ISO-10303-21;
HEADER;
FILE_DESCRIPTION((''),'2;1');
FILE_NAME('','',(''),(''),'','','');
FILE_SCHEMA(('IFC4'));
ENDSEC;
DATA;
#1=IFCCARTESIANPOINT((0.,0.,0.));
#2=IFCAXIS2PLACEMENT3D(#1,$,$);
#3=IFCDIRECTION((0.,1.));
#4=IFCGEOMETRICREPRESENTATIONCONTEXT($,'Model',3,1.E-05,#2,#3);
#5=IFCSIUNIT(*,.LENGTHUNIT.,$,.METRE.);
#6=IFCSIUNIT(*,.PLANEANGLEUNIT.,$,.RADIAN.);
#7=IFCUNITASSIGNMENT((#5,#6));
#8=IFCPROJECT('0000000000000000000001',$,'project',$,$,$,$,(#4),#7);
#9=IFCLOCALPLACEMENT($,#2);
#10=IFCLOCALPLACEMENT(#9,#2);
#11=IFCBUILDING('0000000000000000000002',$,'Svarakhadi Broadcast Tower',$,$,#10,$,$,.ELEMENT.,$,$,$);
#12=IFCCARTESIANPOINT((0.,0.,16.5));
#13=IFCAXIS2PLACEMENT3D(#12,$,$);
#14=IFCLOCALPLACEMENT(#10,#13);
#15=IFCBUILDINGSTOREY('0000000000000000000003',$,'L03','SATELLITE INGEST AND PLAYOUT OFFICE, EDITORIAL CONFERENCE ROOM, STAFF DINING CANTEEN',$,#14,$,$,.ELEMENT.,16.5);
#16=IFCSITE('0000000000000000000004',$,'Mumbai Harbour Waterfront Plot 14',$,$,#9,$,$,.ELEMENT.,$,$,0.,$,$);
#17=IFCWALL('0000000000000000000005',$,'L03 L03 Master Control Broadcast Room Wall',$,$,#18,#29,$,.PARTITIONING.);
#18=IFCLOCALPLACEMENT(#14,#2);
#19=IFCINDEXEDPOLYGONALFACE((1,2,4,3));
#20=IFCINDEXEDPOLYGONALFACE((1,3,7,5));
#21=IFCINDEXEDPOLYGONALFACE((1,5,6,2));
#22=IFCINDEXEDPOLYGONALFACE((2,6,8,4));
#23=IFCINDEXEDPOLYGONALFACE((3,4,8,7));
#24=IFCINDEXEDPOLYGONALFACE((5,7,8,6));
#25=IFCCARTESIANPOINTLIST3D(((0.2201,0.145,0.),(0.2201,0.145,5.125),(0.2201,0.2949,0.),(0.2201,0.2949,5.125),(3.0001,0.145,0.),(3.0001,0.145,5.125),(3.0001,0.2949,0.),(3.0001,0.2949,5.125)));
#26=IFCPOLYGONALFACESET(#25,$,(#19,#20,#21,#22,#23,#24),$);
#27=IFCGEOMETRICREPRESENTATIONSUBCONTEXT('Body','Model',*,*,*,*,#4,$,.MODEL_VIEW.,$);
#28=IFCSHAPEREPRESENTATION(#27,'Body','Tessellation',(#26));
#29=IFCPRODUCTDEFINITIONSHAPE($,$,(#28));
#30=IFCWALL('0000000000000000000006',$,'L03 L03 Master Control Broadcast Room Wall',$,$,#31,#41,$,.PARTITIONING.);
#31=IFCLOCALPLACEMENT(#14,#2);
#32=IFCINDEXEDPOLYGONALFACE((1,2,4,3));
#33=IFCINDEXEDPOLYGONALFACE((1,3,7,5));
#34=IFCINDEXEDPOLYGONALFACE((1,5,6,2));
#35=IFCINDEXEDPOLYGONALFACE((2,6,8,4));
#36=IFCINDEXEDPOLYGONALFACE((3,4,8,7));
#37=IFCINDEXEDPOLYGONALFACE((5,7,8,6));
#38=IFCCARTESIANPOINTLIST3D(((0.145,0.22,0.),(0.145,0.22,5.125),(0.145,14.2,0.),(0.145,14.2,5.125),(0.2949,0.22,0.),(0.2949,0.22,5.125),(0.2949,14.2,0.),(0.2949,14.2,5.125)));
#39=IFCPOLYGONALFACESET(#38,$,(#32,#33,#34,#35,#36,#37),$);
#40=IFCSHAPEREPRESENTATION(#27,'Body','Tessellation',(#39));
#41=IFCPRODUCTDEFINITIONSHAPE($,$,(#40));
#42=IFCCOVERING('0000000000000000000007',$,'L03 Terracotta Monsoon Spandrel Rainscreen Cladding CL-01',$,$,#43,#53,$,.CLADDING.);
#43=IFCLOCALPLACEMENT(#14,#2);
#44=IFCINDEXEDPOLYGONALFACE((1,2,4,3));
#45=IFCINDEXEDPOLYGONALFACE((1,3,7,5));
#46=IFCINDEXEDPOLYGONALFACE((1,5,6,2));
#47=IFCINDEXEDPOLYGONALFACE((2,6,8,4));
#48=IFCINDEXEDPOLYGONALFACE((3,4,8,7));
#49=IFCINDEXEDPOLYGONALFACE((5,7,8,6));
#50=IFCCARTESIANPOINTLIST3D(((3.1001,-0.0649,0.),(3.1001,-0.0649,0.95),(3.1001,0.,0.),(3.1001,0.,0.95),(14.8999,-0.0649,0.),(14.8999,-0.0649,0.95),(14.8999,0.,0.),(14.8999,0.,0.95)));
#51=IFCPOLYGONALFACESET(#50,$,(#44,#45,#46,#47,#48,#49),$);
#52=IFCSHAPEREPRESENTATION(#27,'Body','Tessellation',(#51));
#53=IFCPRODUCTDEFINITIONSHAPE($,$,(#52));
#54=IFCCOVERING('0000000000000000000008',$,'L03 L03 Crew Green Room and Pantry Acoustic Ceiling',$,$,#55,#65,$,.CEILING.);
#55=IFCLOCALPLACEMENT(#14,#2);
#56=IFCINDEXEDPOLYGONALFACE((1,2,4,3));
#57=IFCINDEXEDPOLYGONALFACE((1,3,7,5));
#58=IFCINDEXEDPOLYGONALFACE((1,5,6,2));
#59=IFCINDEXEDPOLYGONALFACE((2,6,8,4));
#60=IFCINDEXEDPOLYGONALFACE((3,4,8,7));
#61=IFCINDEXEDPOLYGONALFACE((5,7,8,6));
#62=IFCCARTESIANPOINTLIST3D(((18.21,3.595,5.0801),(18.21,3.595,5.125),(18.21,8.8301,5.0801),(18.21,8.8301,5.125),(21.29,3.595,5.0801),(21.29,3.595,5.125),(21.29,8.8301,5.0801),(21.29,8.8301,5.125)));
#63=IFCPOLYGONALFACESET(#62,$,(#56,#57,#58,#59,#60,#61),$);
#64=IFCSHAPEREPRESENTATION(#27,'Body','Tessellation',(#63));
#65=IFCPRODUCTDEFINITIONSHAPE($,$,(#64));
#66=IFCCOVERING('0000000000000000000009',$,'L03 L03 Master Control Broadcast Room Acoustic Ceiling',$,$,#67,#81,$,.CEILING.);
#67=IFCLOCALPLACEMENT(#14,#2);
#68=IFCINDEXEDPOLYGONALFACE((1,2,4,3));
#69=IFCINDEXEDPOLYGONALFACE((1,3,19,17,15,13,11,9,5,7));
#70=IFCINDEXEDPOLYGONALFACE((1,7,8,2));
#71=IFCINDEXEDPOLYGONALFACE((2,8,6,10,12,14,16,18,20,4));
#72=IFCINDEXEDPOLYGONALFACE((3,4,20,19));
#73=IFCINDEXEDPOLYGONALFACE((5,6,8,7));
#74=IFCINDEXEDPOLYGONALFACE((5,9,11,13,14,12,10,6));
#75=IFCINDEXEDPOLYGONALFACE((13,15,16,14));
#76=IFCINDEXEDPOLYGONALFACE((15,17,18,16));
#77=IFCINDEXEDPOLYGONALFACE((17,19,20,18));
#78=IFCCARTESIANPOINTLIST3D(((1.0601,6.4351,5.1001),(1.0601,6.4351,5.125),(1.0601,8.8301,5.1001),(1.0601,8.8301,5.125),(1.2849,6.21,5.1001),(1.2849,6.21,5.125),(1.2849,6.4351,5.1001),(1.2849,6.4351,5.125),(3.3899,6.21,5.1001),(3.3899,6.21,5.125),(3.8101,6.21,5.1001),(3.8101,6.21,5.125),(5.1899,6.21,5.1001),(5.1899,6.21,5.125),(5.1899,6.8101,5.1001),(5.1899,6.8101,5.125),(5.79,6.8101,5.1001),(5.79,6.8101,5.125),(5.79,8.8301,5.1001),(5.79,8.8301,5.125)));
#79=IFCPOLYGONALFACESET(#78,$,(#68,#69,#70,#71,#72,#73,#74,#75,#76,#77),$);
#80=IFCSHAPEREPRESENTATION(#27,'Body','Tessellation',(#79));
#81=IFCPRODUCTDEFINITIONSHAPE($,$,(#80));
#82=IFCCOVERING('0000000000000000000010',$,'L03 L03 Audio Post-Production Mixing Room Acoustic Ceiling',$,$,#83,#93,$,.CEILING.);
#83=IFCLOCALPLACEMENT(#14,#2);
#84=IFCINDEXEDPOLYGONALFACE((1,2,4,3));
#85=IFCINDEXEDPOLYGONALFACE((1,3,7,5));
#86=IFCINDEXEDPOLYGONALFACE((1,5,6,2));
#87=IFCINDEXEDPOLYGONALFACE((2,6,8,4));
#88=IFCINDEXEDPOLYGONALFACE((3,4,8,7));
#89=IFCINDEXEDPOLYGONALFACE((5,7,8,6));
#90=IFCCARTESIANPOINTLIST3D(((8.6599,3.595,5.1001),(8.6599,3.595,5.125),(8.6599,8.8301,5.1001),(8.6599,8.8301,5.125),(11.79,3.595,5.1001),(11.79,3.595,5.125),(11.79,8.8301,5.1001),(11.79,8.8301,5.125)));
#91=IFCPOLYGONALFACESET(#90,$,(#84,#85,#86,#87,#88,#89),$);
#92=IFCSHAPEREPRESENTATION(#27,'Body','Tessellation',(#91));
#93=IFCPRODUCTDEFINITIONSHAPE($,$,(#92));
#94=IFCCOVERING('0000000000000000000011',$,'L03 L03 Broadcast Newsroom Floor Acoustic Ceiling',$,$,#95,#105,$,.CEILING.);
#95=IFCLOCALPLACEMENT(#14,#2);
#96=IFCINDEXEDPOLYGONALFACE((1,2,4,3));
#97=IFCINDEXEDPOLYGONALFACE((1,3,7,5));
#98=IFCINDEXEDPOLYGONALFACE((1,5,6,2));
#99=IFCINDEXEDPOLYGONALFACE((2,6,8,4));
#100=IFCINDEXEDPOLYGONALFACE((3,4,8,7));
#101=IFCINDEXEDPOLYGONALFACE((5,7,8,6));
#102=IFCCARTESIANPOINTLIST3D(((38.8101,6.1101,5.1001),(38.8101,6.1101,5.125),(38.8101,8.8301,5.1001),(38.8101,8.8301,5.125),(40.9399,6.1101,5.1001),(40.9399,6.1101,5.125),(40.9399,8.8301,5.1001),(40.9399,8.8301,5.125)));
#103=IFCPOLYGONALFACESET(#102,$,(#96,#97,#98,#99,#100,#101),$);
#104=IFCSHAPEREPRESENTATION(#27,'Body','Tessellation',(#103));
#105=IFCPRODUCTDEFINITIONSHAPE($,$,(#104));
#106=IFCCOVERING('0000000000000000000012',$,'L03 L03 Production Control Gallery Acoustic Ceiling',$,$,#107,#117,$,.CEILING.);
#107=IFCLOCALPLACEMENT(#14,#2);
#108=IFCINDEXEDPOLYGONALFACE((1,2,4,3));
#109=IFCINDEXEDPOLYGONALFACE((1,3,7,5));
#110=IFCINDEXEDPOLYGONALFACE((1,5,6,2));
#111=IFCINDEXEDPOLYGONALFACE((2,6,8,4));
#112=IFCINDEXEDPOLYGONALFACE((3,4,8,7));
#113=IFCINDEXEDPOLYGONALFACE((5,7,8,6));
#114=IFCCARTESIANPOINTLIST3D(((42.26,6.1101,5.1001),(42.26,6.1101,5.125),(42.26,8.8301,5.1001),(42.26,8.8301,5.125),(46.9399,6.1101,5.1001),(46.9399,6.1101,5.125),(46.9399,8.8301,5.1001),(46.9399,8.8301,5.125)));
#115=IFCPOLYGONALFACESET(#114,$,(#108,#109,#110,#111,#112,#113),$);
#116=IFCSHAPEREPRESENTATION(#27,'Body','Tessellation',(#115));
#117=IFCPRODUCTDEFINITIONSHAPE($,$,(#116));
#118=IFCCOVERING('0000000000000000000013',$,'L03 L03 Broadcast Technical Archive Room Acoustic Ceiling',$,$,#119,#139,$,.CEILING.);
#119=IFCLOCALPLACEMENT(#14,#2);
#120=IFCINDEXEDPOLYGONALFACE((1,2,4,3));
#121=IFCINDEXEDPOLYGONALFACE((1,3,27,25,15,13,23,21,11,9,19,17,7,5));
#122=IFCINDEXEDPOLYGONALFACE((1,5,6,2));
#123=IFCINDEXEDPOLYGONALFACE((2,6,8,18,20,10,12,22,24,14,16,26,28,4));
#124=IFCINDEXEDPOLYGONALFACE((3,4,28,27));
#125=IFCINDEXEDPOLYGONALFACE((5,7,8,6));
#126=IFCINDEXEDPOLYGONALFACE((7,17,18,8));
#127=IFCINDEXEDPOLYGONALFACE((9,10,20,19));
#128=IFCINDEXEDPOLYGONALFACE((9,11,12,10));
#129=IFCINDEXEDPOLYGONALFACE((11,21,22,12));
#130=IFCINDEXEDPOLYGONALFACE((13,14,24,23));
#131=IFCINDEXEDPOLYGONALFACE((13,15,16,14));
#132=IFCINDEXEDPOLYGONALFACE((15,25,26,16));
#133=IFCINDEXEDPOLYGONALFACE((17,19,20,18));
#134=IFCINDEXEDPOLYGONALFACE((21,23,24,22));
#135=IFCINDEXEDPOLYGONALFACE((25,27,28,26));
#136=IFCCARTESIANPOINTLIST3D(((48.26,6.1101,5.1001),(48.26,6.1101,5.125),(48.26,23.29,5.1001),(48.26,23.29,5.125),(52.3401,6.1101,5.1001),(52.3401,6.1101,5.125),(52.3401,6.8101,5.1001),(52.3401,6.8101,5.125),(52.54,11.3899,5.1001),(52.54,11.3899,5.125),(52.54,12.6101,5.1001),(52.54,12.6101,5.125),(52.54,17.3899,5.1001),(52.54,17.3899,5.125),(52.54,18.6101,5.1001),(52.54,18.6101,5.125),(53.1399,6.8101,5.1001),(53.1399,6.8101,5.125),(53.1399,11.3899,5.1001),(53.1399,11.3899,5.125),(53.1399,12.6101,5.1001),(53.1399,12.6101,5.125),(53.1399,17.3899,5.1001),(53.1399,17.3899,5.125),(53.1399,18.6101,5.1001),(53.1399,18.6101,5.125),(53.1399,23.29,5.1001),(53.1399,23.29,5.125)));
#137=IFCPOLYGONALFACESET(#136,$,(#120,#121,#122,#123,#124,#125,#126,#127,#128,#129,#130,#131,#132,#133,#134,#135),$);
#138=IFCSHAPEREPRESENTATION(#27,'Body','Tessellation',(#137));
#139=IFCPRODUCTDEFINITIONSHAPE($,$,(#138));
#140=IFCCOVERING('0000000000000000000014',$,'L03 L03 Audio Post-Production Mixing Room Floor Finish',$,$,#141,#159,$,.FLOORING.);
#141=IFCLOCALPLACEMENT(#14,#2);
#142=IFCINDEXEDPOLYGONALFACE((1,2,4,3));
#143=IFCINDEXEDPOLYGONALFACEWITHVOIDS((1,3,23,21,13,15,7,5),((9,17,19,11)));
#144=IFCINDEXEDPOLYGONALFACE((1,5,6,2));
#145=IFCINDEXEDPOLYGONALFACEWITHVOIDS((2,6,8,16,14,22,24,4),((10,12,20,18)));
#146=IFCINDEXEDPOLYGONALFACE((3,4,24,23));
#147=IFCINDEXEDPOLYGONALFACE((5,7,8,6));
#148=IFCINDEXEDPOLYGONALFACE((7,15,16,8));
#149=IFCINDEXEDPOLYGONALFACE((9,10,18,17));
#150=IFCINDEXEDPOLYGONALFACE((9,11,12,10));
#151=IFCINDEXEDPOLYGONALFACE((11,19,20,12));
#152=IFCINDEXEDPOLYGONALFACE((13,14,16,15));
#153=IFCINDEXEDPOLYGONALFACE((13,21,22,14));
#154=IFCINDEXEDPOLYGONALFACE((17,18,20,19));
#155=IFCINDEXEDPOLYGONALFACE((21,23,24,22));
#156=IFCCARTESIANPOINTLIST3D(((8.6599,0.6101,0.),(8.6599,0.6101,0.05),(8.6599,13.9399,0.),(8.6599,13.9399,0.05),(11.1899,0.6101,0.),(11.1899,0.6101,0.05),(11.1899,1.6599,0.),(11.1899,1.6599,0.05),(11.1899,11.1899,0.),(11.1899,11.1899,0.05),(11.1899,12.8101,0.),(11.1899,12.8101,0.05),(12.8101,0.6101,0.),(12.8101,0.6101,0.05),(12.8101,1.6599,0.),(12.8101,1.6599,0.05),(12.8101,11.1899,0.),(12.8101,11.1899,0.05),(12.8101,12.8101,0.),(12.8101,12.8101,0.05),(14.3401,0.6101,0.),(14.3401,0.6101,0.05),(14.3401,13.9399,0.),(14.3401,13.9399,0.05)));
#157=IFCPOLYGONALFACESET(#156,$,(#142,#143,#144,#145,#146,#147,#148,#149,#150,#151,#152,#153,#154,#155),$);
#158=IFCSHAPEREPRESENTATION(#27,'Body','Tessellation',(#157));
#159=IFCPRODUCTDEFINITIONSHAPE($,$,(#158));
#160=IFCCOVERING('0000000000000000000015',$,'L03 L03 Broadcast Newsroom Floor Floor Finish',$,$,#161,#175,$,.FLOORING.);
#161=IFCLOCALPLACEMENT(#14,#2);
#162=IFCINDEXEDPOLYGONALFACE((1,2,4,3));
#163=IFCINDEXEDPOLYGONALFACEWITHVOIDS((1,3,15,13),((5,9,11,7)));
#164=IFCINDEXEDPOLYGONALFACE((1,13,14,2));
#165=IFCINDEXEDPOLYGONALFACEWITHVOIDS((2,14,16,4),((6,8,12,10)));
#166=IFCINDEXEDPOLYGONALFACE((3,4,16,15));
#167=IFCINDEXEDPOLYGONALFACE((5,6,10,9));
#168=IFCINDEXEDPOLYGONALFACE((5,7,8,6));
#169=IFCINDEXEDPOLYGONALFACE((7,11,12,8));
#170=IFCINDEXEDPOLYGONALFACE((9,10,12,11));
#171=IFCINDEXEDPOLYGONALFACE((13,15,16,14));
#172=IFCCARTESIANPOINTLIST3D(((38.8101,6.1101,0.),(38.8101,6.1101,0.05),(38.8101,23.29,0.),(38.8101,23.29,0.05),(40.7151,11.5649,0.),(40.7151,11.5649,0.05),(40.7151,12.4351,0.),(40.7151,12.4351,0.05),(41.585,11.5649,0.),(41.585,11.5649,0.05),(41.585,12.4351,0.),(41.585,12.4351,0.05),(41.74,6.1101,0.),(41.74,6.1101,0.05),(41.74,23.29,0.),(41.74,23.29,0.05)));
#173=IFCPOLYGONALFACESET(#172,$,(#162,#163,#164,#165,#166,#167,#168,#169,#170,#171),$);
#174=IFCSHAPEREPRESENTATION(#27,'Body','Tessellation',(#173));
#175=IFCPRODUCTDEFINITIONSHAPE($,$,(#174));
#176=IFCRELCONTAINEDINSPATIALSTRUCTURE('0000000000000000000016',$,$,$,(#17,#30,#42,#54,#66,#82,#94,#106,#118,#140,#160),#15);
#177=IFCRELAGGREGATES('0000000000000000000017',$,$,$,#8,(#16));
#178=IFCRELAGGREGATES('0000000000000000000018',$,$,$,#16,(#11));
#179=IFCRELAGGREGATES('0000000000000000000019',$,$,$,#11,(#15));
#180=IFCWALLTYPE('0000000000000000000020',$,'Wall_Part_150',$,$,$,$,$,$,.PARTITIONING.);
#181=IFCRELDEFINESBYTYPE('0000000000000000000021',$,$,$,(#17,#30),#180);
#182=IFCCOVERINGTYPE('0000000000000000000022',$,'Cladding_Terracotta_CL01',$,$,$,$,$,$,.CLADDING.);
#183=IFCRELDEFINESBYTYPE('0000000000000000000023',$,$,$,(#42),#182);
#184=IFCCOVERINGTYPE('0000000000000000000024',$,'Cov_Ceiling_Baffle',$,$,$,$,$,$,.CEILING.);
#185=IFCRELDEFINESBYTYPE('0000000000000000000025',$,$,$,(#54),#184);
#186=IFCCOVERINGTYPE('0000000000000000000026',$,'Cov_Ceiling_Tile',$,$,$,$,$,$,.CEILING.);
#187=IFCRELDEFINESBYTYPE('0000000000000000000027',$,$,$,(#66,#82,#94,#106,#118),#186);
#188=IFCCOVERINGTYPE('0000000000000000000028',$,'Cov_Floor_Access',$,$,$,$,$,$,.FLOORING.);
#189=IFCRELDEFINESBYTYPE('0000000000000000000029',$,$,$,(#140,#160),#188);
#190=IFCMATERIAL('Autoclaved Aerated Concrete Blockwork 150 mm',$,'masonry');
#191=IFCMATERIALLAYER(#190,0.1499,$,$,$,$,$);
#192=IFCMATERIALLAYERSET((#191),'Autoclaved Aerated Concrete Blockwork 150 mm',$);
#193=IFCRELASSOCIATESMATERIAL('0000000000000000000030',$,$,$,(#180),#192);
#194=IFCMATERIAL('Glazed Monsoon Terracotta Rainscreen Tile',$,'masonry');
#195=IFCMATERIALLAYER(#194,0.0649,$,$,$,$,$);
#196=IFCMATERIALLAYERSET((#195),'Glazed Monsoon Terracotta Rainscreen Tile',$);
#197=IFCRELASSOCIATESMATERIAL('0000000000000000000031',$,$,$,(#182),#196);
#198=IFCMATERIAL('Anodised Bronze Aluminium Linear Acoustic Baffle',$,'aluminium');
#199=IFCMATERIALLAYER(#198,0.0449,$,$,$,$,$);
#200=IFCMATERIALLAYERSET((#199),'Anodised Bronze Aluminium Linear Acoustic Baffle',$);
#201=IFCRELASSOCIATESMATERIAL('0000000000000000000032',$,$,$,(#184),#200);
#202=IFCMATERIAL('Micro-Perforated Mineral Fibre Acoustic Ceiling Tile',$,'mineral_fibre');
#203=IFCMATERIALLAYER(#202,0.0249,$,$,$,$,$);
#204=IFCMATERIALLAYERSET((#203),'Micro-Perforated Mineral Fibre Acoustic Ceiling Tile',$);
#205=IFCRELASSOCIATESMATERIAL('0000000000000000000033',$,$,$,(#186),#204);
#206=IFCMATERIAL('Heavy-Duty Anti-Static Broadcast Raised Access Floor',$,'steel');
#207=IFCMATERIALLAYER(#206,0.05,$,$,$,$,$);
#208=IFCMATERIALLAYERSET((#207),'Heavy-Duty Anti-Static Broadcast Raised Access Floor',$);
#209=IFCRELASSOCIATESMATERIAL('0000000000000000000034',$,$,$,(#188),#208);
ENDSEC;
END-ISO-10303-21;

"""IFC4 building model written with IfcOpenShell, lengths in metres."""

from ifc_helpers import new_model, si_unit, direction, frame, frame_2d, origin, place, context, subcontext, project, spatial, polyline, rectangle, outline, extrude, material, layer, layer_set, type_object, element, save


model = new_model("IFC4")

# Units and contexts
model_context = context("Model", 3, precision=1e-05, world=origin(), true_north=direction((0.0, 1.0)))
body_context = subcontext(model_context, "Body", "Model", "MODEL_VIEW")
ifc_project = project(units=[si_unit("LENGTHUNIT", "METRE"), si_unit("PLANEANGLEUNIT", "RADIAN")], contexts=[model_context])

# Site, building, storey
site_placement = place(None, origin())
site = spatial("IfcSite", under=ifc_project, at=site_placement, Name="Mumbai Harbour Waterfront Plot 14", CompositionType="ELEMENT", RefElevation=0.0)
building_placement = place(site_placement, origin())
building = spatial("IfcBuilding", under=site, at=building_placement, Name="Svarakhadi Broadcast Tower", CompositionType="ELEMENT")
storey_placement = place(building_placement, frame((0.0, 0.0, 16.5)))
storey = spatial("IfcBuildingStorey", under=building, at=storey_placement, Name="L03", Description="SATELLITE INGEST AND PLAYOUT OFFICE, EDITORIAL CONFERENCE ROOM, STAFF DINING CANTEEN", CompositionType="ELEMENT", Elevation=16.5)

# Walls
ifc_material_1 = material(Name="Autoclaved Aerated Concrete Blockwork 150 mm", Category="masonry")
ifc_layer_1 = layer(ifc_material_1, 0.1499)
ifc_layer_set_1 = layer_set([ifc_layer_1], Name="Autoclaved Aerated Concrete Blockwork 150 mm")
wall_type = type_object("IfcWallType", Name="Wall_Part_150", PredefinedType="PARTITIONING", material=ifc_layer_set_1)
wall_1_placement = place(storey_placement, frame((0.22, 0.22, 0.0), z_axis=(0.0, 0.0, 1.0), x_axis=(1.0, 0.0, 0.0)))
element("IfcWall", 1, at=wall_1_placement, inside=storey, type_object=wall_type, Name="L03 L03 Master Control Broadcast Room Wall", PredefinedType="PARTITIONING", context=body_context, shape_type="SweptSolid", body=[
    extrude(rectangle(XDim=2.78, YDim=0.1499, at=frame_2d((1.3901, 0.0))), origin(), (0.0, 0.0, 1.0), 5.125),
])
wall_2_placement = place(storey_placement, frame((0.22, 0.22, 0.0), z_axis=(0.0, 0.0, 1.0), x_axis=(0.0, 1.0, 0.0)))
element("IfcWall", 2, at=wall_2_placement, inside=storey, type_object=wall_type, Name="L03 L03 Master Control Broadcast Room Wall", PredefinedType="PARTITIONING", context=body_context, shape_type="SweptSolid", body=[
    extrude(rectangle(XDim=13.98, YDim=0.1499, at=frame_2d((6.99, 0.0))), origin(), (0.0, 0.0, 1.0), 5.125),
])

# Coverings
ifc_material_2 = material(Name="Glazed Monsoon Terracotta Rainscreen Tile", Category="masonry")
ifc_layer_2 = layer(ifc_material_2, 0.0649)
ifc_layer_set_2 = layer_set([ifc_layer_2], Name="Glazed Monsoon Terracotta Rainscreen Tile")
covering_type_1 = type_object("IfcCoveringType", Name="Cladding_Terracotta_CL01", PredefinedType="CLADDING", material=ifc_layer_set_2)
covering_1_placement = place(storey_placement, origin())
element("IfcCovering", 3, at=covering_1_placement, inside=storey, type_object=covering_type_1, Name="L03 Terracotta Monsoon Spandrel Rainscreen Cladding CL-01", PredefinedType="CLADDING", context=body_context, shape_type="SweptSolid", body=[
    extrude(outline(polyline([(3.1001, -0.0649), (14.8999, -0.0649), (14.8999, 0.0), (3.1001, 0.0), (3.1001, -0.0649)])), origin(), (0.0, 0.0, 1.0), 0.95),
])
ifc_material_3 = material(Name="Anodised Bronze Aluminium Linear Acoustic Baffle", Category="aluminium")
ifc_layer_3 = layer(ifc_material_3, 0.0449)
ifc_layer_set_3 = layer_set([ifc_layer_3], Name="Anodised Bronze Aluminium Linear Acoustic Baffle")
covering_type_2 = type_object("IfcCoveringType", Name="Cov_Ceiling_Baffle", PredefinedType="CEILING", material=ifc_layer_set_3)
covering_2_placement = place(storey_placement, frame((0.0, 0.0, 5.0801)))
element("IfcCovering", 4, at=covering_2_placement, inside=storey, type_object=covering_type_2, Name="L03 L03 Crew Green Room and Pantry Acoustic Ceiling", PredefinedType="CEILING", context=body_context, shape_type="SweptSolid", body=[
    extrude(outline(polyline([(21.29, 3.595), (18.21, 3.595), (18.21, 8.8301), (21.29, 8.8301), (21.29, 3.595)])), origin(), (0.0, 0.0, 1.0), 0.0449),
])
ifc_material_4 = material(Name="Micro-Perforated Mineral Fibre Acoustic Ceiling Tile", Category="mineral_fibre")
ifc_layer_4 = layer(ifc_material_4, 0.0249)
ifc_layer_set_4 = layer_set([ifc_layer_4], Name="Micro-Perforated Mineral Fibre Acoustic Ceiling Tile")
covering_type_3 = type_object("IfcCoveringType", Name="Cov_Ceiling_Tile", PredefinedType="CEILING", material=ifc_layer_set_4)
covering_3_placement = place(storey_placement, frame((0.0, 0.0, 5.1001)))
element("IfcCovering", 5, at=covering_3_placement, inside=storey, type_object=covering_type_3, Name="L03 L03 Master Control Broadcast Room Acoustic Ceiling", PredefinedType="CEILING", context=body_context, shape_type="SweptSolid", body=[
    extrude(outline(polyline([(1.0601, 8.8301), (5.79, 8.8301), (5.79, 6.8101), (5.1899, 6.8101), (5.1899, 6.21), (3.8101, 6.21), (3.3899, 6.21), (1.2849, 6.21), (1.2849, 6.4351), (1.0601, 6.4351), (1.0601, 8.8301)])), origin(), (0.0, 0.0, 1.0), 0.0249),
])
covering_4_placement = place(storey_placement, frame((0.0, 0.0, 5.1001)))
element("IfcCovering", 6, at=covering_4_placement, inside=storey, type_object=covering_type_3, Name="L03 L03 Audio Post-Production Mixing Room Acoustic Ceiling", PredefinedType="CEILING", context=body_context, shape_type="SweptSolid", body=[
    extrude(outline(polyline([(8.6599, 8.8301), (11.79, 8.8301), (11.79, 3.595), (8.6599, 3.595), (8.6599, 8.8301)])), origin(), (0.0, 0.0, 1.0), 0.0249),
])
covering_5_placement = place(storey_placement, frame((0.0, 0.0, 5.1001)))
element("IfcCovering", 7, at=covering_5_placement, inside=storey, type_object=covering_type_3, Name="L03 L03 Broadcast Newsroom Floor Acoustic Ceiling", PredefinedType="CEILING", context=body_context, shape_type="SweptSolid", body=[
    extrude(outline(polyline([(38.8101, 6.1101), (38.8101, 8.8301), (40.9399, 8.8301), (40.9399, 6.1101), (38.8101, 6.1101)])), origin(), (0.0, 0.0, 1.0), 0.0249),
])
covering_6_placement = place(storey_placement, frame((0.0, 0.0, 5.1001)))
element("IfcCovering", 8, at=covering_6_placement, inside=storey, type_object=covering_type_3, Name="L03 L03 Production Control Gallery Acoustic Ceiling", PredefinedType="CEILING", context=body_context, shape_type="SweptSolid", body=[
    extrude(outline(polyline([(42.26, 6.1101), (42.26, 8.8301), (46.9399, 8.8301), (46.9399, 6.1101), (42.26, 6.1101)])), origin(), (0.0, 0.0, 1.0), 0.0249),
])
covering_7_placement = place(storey_placement, frame((0.0, 0.0, 5.1001)))
element("IfcCovering", 9, at=covering_7_placement, inside=storey, type_object=covering_type_3, Name="L03 L03 Broadcast Technical Archive Room Acoustic Ceiling", PredefinedType="CEILING", context=body_context, shape_type="SweptSolid", body=[
    extrude(outline(polyline([(53.1399, 23.29), (53.1399, 18.6101), (52.54, 18.6101), (52.54, 17.3899), (53.1399, 17.3899), (53.1399, 12.6101), (52.54, 12.6101), (52.54, 11.3899), (53.1399, 11.3899), (53.1399, 6.8101), (52.3401, 6.8101), (52.3401, 6.1101), (48.26, 6.1101), (48.26, 23.29), (53.1399, 23.29)])), origin(), (0.0, 0.0, 1.0), 0.0249),
])
ifc_material_5 = material(Name="Heavy-Duty Anti-Static Broadcast Raised Access Floor", Category="steel")
ifc_layer_5 = layer(ifc_material_5, 0.05)
ifc_layer_set_5 = layer_set([ifc_layer_5], Name="Heavy-Duty Anti-Static Broadcast Raised Access Floor")
covering_type_4 = type_object("IfcCoveringType", Name="Cov_Floor_Access", PredefinedType="FLOORING", material=ifc_layer_set_5)
covering_8_placement = place(storey_placement, origin())
element("IfcCovering", 10, at=covering_8_placement, inside=storey, type_object=covering_type_4, Name="L03 L03 Audio Post-Production Mixing Room Floor Finish", PredefinedType="FLOORING", context=body_context, shape_type="SweptSolid", body=[
    extrude(outline(polyline([(14.3401, 13.9399), (14.3401, 0.6101), (12.8101, 0.6101), (12.8101, 1.6599), (11.1899, 1.6599), (11.1899, 0.6101), (8.6599, 0.6101), (8.6599, 13.9399), (14.3401, 13.9399)]), holes=[polyline([(11.1899, 11.1899), (12.8101, 11.1899), (12.8101, 12.8101), (11.1899, 12.8101), (11.1899, 11.1899)])]), origin(), (0.0, 0.0, 1.0), 0.05),
])
covering_9_placement = place(storey_placement, origin())
element("IfcCovering", 11, at=covering_9_placement, inside=storey, type_object=covering_type_4, Name="L03 L03 Broadcast Newsroom Floor Floor Finish", PredefinedType="FLOORING", context=body_context, shape_type="SweptSolid", body=[
    extrude(outline(polyline([(41.74, 23.29), (41.74, 6.1101), (38.8101, 6.1101), (38.8101, 23.29), (41.74, 23.29)]), holes=[polyline([(40.7151, 11.5649), (41.585, 11.5649), (41.585, 12.4351), (40.7151, 12.4351), (40.7151, 11.5649)])]), origin(), (0.0, 0.0, 1.0), 0.05),
])

save(model, "model.ifc")
